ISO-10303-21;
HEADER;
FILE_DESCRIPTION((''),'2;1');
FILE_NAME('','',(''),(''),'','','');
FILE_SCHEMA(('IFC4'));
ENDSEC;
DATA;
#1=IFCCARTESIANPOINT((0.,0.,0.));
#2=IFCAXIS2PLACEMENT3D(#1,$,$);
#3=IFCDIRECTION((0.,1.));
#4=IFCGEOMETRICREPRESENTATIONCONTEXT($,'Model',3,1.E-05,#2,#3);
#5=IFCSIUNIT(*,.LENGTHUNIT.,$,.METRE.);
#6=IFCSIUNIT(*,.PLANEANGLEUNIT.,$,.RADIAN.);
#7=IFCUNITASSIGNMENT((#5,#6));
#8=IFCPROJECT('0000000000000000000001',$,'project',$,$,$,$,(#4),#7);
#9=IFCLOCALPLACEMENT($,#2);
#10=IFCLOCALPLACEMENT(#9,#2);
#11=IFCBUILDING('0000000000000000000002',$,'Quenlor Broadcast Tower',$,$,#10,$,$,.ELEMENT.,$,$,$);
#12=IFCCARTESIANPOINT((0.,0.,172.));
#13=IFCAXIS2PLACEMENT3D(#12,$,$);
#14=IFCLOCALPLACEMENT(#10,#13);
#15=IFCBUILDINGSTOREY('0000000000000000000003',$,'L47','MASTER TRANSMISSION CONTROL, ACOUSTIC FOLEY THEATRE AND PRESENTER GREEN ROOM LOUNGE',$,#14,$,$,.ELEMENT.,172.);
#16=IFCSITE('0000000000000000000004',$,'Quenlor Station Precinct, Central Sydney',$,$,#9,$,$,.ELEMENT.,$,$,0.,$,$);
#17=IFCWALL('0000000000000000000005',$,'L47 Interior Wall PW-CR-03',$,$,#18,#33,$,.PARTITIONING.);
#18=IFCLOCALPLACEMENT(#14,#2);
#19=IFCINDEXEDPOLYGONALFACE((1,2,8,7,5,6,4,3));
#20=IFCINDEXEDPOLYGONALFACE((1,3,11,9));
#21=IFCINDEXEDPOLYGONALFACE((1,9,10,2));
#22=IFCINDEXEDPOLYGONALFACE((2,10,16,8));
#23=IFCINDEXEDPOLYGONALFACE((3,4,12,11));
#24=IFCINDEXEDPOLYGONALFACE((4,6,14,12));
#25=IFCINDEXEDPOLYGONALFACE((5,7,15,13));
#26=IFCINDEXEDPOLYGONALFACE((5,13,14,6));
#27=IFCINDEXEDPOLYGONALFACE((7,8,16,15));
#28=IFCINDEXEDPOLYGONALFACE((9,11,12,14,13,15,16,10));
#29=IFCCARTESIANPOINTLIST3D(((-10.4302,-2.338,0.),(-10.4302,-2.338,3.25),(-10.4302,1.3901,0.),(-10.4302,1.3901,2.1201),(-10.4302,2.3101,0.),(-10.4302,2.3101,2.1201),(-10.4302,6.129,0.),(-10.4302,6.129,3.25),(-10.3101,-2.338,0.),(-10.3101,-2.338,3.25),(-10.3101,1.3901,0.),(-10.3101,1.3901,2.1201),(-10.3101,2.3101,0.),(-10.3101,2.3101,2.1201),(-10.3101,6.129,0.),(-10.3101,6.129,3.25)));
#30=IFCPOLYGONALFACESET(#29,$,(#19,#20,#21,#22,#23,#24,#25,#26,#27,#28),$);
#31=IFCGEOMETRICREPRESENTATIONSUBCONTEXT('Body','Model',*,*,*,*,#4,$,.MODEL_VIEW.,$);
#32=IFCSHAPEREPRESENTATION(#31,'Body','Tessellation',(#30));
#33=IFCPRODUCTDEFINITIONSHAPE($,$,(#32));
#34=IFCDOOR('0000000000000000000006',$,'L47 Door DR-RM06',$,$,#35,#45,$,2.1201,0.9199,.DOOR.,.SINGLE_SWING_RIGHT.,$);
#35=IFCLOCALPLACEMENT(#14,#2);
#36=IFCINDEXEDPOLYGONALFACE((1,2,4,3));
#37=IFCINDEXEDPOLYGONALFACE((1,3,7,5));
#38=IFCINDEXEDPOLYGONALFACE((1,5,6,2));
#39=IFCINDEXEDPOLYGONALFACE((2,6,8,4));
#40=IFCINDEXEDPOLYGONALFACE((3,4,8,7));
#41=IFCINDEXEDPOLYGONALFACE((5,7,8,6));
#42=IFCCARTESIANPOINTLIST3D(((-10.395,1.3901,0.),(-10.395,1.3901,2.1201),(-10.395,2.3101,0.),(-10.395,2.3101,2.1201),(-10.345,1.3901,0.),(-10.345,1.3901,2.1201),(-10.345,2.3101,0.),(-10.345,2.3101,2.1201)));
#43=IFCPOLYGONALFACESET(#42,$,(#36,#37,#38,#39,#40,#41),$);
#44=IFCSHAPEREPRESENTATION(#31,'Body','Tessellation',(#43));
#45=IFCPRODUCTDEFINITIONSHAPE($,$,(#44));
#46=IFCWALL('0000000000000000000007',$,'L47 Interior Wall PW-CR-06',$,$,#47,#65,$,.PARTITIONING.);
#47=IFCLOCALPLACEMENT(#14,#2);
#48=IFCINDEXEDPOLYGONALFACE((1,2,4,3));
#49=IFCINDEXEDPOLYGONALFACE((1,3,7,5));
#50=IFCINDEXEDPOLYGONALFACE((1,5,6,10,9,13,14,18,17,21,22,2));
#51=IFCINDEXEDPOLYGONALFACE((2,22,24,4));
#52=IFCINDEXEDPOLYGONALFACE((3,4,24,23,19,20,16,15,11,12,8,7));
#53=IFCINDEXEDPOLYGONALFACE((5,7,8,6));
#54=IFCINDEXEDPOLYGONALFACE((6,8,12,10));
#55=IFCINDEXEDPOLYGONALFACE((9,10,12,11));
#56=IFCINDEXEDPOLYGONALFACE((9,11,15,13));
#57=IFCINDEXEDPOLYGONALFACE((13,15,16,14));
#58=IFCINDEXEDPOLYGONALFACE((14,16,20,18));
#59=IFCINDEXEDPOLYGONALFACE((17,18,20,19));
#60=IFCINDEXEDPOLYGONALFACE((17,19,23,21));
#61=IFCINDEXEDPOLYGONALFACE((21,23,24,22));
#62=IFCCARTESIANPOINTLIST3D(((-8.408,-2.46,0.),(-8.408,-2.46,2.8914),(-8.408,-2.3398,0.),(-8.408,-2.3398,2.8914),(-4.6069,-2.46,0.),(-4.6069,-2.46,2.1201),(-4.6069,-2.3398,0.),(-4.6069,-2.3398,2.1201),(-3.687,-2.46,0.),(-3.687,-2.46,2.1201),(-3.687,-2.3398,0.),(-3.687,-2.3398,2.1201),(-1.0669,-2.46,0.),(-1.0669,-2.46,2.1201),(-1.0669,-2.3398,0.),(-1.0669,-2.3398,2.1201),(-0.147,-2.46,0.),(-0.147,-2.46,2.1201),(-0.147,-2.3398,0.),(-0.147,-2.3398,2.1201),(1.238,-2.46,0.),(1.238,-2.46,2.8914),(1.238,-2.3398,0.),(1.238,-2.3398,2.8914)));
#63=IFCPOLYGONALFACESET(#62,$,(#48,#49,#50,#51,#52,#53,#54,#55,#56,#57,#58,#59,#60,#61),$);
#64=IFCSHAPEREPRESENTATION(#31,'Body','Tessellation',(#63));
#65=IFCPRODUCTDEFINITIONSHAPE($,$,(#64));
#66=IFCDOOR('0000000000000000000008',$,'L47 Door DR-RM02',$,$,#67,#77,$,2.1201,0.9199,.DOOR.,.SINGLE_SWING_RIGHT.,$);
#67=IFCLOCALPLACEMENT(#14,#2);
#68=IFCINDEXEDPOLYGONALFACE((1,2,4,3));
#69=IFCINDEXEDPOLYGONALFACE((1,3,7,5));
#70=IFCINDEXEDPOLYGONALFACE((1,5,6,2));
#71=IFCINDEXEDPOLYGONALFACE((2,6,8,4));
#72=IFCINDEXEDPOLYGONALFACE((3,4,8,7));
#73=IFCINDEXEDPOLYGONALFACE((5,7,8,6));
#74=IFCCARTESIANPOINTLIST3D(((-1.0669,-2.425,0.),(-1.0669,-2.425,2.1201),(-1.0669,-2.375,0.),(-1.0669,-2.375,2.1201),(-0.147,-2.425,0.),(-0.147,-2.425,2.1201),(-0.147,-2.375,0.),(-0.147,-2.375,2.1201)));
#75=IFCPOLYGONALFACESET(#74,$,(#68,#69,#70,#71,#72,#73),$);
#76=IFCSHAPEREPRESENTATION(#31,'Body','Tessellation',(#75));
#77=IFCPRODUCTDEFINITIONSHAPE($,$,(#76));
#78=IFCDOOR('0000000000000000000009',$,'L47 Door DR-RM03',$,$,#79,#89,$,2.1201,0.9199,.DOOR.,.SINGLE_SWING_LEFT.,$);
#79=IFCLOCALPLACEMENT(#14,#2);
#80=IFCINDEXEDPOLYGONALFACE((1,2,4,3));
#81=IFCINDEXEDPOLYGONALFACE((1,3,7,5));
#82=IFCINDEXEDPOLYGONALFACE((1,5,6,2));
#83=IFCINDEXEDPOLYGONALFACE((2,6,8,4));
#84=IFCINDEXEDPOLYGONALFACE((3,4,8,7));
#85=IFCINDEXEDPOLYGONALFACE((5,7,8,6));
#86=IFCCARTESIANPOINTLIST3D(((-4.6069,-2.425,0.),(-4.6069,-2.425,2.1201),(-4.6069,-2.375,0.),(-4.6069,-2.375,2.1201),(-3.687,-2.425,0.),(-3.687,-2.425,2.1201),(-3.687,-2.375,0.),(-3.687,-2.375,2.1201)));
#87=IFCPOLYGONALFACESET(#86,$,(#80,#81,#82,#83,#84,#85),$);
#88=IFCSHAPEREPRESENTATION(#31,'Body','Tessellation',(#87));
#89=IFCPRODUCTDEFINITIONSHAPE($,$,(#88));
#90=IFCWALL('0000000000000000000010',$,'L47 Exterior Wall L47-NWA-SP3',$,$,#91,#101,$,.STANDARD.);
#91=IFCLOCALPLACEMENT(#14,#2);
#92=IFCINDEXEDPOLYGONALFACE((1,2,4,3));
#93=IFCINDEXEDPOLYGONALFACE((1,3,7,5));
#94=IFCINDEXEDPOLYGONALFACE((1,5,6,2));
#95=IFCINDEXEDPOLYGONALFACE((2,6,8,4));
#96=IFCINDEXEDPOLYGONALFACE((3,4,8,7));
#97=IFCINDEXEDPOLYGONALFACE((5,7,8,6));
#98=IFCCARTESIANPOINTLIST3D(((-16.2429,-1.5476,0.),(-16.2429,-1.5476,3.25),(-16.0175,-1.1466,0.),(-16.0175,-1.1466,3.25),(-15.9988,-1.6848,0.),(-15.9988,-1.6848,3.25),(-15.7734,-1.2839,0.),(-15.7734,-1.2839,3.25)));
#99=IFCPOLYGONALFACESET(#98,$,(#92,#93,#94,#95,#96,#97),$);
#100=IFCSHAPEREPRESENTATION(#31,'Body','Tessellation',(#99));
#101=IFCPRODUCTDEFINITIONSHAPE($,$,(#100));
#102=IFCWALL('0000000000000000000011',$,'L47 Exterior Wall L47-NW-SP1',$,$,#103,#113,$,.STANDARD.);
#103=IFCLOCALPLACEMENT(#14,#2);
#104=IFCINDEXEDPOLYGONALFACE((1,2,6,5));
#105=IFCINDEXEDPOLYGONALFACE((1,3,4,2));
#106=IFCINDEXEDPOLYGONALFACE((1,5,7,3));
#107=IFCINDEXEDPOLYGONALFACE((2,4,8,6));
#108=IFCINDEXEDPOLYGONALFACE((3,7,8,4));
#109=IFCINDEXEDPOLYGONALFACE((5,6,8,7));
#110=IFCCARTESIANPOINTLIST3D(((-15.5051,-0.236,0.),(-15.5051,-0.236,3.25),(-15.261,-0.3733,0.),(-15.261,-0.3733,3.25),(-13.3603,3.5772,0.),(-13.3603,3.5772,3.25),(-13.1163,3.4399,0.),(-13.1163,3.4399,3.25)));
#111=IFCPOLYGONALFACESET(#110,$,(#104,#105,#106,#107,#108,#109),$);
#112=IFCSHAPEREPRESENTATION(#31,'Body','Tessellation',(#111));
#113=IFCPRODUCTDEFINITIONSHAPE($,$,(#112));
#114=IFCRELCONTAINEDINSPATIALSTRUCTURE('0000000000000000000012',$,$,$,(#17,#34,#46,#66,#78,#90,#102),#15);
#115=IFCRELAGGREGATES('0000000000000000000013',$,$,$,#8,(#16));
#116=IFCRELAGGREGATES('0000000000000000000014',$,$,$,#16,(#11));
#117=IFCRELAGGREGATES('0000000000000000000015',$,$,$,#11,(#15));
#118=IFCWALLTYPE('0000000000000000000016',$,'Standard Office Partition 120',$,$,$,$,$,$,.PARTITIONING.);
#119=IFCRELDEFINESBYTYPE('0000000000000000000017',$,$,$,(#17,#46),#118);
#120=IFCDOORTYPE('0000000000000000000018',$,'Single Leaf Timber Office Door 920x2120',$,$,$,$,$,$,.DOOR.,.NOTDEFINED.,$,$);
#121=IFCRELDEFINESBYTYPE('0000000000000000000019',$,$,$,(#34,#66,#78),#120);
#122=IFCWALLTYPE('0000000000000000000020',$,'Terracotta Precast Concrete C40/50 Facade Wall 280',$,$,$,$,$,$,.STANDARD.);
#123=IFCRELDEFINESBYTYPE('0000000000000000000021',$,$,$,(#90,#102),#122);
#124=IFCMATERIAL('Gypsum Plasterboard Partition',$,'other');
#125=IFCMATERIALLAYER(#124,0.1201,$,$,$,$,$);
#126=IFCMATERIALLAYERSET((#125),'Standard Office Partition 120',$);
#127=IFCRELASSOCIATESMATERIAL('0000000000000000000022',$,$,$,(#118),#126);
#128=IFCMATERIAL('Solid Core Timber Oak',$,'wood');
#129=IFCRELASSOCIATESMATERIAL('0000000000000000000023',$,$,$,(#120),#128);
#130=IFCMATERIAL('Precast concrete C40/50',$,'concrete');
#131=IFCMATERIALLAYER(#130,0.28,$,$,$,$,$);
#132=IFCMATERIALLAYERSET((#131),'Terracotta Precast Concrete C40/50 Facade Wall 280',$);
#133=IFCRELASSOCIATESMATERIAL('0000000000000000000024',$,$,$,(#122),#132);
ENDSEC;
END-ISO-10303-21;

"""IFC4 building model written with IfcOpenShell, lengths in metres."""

from ifc_helpers import new_model, si_unit, direction, frame, frame_2d, origin, place, context, subcontext, project, spatial, rectangle, extrude, material, layer, layer_set, type_object, element, fill, save


model = new_model("IFC4")

# Units and contexts
model_context = context("Model", 3, precision=1e-05, world=origin(), true_north=direction((0.0, 1.0)))
body_context = subcontext(model_context, "Body", "Model", "MODEL_VIEW")
ifc_project = project(units=[si_unit("LENGTHUNIT", "METRE"), si_unit("PLANEANGLEUNIT", "RADIAN")], contexts=[model_context])

# Site, building, storey
site_placement = place(None, origin())
site = spatial("IfcSite", under=ifc_project, at=site_placement, Name="Quenlor Station Precinct, Central Sydney", CompositionType="ELEMENT", RefElevation=0.0)
building_placement = place(site_placement, origin())
building = spatial("IfcBuilding", under=site, at=building_placement, Name="Quenlor Broadcast Tower", CompositionType="ELEMENT")
storey_placement = place(building_placement, frame((0.0, 0.0, 172.0)))
storey = spatial("IfcBuildingStorey", under=building, at=storey_placement, Name="L47", Description="MASTER TRANSMISSION CONTROL, ACOUSTIC FOLEY THEATRE AND PRESENTER GREEN ROOM LOUNGE", CompositionType="ELEMENT", Elevation=172.0)

# Shared definitions
ifc_material_1 = material(Name="Gypsum Plasterboard Partition", Category="other")
ifc_layer_1 = layer(ifc_material_1, 0.1201)
ifc_layer_set_1 = layer_set([ifc_layer_1], Name="Standard Office Partition 120")
wall_type_1 = type_object("IfcWallType", Name="Standard Office Partition 120", PredefinedType="PARTITIONING", material=ifc_layer_set_1)

# Wall, opening, door
wall_1_placement = place(storey_placement, frame((-10.3701, -2.3379, 0.0), z_axis=(0.0, 0.0, 1.0), x_axis=(0.0, 1.0, 0.0)))
wall_1 = element("IfcWall", 1, at=wall_1_placement, inside=storey, type_object=wall_type_1, Name="L47 Interior Wall PW-CR-03", PredefinedType="PARTITIONING", context=body_context, shape_type="SweptSolid", body=[
    extrude(rectangle(XDim=8.467, YDim=0.1201, at=frame_2d((4.2334, 0.0))), origin(), (0.0, 0.0, 1.0), 3.25),
])
opening_1_placement = place(wall_1_placement, frame((3.728, 0.0, 0.0)))
opening_1 = element("IfcOpeningElement", 2, at=opening_1_placement, cuts=wall_1, PredefinedType="OPENING", context=body_context, shape_type="SweptSolid", body=[
    extrude(rectangle(XDim=0.9199, YDim=2.1201, at=frame_2d((0.46, 1.0601))), frame((0.0, 0.0701, 0.0), z_axis=(0.0, -1.0, 0.0), x_axis=(1.0, 0.0, 0.0)), (0.0, 0.0, 1.0), 0.1401),
])
ifc_material_2 = material(Name="Solid Core Timber Oak", Category="wood")
door_type = type_object("IfcDoorType", Name="Single Leaf Timber Office Door 920x2120", OperationType="NOTDEFINED", PredefinedType="DOOR", material=ifc_material_2)
door_1_placement = place(opening_1_placement, origin())
door_1 = element("IfcDoor", 3, at=door_1_placement, inside=storey, type_object=door_type, Name="L47 Door DR-RM06", OperationType="SINGLE_SWING_RIGHT", OverallHeight=2.1201, OverallWidth=0.9199, PredefinedType="DOOR", context=body_context, shape_type="SweptSolid", body=[
    extrude(rectangle(XDim=0.9199, YDim=2.1201, at=frame_2d((0.46, 1.0601))), frame((0.0, 0.0249, 0.0), z_axis=(0.0, -1.0, 0.0), x_axis=(1.0, 0.0, 0.0)), (0.0, 0.0, 1.0), 0.05),
])
fill(opening_1, door_1)

# Wall, openings, doors
wall_2_placement = place(storey_placement, frame((-8.408, -2.3999, 0.0), z_axis=(0.0, 0.0, 1.0), x_axis=(1.0, 0.0, 0.0)))
wall_2 = element("IfcWall", 4, at=wall_2_placement, inside=storey, type_object=wall_type_1, Name="L47 Interior Wall PW-CR-06", PredefinedType="PARTITIONING", context=body_context, shape_type="SweptSolid", body=[
    extrude(rectangle(XDim=9.646, YDim=0.1201, at=frame_2d((4.823, 0.0))), origin(), (0.0, 0.0, 1.0), 2.8914),
])
opening_2_placement = place(wall_2_placement, frame((7.3411, 0.0, 0.0)))
opening_2 = element("IfcOpeningElement", 5, at=opening_2_placement, cuts=wall_2, PredefinedType="OPENING", context=body_context, shape_type="SweptSolid", body=[
    extrude(rectangle(XDim=0.9199, YDim=2.1201, at=frame_2d((0.46, 1.0601))), frame((0.0, 0.0701, 0.0), z_axis=(0.0, -1.0, 0.0), x_axis=(1.0, 0.0, 0.0)), (0.0, 0.0, 1.0), 0.1401),
])
opening_3_placement = place(wall_2_placement, frame((3.801, 0.0, 0.0)))
opening_3 = element("IfcOpeningElement", 6, at=opening_3_placement, cuts=wall_2, PredefinedType="OPENING", context=body_context, shape_type="SweptSolid", body=[
    extrude(rectangle(XDim=0.9199, YDim=2.1201, at=frame_2d((0.46, 1.0601))), frame((0.0, 0.0701, 0.0), z_axis=(0.0, -1.0, 0.0), x_axis=(1.0, 0.0, 0.0)), (0.0, 0.0, 1.0), 0.1401),
])
door_2_placement = place(opening_2_placement, origin())
door_2 = element("IfcDoor", 7, at=door_2_placement, inside=storey, type_object=door_type, Name="L47 Door DR-RM02", OperationType="SINGLE_SWING_RIGHT", OverallHeight=2.1201, OverallWidth=0.9199, PredefinedType="DOOR", context=body_context, shape_type="SweptSolid", body=[
    extrude(rectangle(XDim=0.9199, YDim=2.1201, at=frame_2d((0.46, 1.0601))), frame((0.0, 0.0249, 0.0), z_axis=(0.0, -1.0, 0.0), x_axis=(1.0, 0.0, 0.0)), (0.0, 0.0, 1.0), 0.05),
])
fill(opening_2, door_2)
door_3_placement = place(opening_3_placement, origin())
door_3 = element("IfcDoor", 8, at=door_3_placement, inside=storey, type_object=door_type, Name="L47 Door DR-RM03", OperationType="SINGLE_SWING_LEFT", OverallHeight=2.1201, OverallWidth=0.9199, PredefinedType="DOOR", context=body_context, shape_type="SweptSolid", body=[
    extrude(rectangle(XDim=0.9199, YDim=2.1201, at=frame_2d((0.46, 1.0601))), frame((0.0, 0.0249, 0.0), z_axis=(0.0, -1.0, 0.0), x_axis=(1.0, 0.0, 0.0)), (0.0, 0.0, 1.0), 0.05),
])
fill(opening_3, door_3)

# Walls
ifc_material_3 = material(Name="Precast concrete C40/50", Category="concrete")
ifc_layer_2 = layer(ifc_material_3, 0.28)
ifc_layer_set_2 = layer_set([ifc_layer_2], Name="Terracotta Precast Concrete C40/50 Facade Wall 280")
wall_type_2 = type_object("IfcWallType", Name="Terracotta Precast Concrete C40/50 Facade Wall 280", PredefinedType="STANDARD", material=ifc_layer_set_2)
wall_3_placement = place(storey_placement, frame((-16.1208, -1.6162, 0.0), z_axis=(0.0, 0.0, 1.0), x_axis=(0.490009, 0.871717, 0.0)))
element("IfcWall", 9, at=wall_3_placement, inside=storey, type_object=wall_type_2, Name="L47 Exterior Wall L47-NWA-SP3", PredefinedType="STANDARD", context=body_context, shape_type="SweptSolid", body=[
    extrude(rectangle(XDim=0.46, YDim=0.28, at=frame_2d((0.23, 0.0))), origin(), (0.0, 0.0, 1.0), 3.25),
])
wall_4_placement = place(storey_placement, frame((-15.3831, -0.3047, 0.0), z_axis=(0.0, 0.0, 1.0), x_axis=(0.490232, 0.871592, 0.0)))
element("IfcWall", 10, at=wall_4_placement, inside=storey, type_object=wall_type_2, Name="L47 Exterior Wall L47-NW-SP1", PredefinedType="STANDARD", context=body_context, shape_type="SweptSolid", body=[
    extrude(rectangle(XDim=4.375, YDim=0.28, at=frame_2d((2.1875, 0.0))), origin(), (0.0, 0.0, 1.0), 3.25),
])

save(model, "model.ifc")
